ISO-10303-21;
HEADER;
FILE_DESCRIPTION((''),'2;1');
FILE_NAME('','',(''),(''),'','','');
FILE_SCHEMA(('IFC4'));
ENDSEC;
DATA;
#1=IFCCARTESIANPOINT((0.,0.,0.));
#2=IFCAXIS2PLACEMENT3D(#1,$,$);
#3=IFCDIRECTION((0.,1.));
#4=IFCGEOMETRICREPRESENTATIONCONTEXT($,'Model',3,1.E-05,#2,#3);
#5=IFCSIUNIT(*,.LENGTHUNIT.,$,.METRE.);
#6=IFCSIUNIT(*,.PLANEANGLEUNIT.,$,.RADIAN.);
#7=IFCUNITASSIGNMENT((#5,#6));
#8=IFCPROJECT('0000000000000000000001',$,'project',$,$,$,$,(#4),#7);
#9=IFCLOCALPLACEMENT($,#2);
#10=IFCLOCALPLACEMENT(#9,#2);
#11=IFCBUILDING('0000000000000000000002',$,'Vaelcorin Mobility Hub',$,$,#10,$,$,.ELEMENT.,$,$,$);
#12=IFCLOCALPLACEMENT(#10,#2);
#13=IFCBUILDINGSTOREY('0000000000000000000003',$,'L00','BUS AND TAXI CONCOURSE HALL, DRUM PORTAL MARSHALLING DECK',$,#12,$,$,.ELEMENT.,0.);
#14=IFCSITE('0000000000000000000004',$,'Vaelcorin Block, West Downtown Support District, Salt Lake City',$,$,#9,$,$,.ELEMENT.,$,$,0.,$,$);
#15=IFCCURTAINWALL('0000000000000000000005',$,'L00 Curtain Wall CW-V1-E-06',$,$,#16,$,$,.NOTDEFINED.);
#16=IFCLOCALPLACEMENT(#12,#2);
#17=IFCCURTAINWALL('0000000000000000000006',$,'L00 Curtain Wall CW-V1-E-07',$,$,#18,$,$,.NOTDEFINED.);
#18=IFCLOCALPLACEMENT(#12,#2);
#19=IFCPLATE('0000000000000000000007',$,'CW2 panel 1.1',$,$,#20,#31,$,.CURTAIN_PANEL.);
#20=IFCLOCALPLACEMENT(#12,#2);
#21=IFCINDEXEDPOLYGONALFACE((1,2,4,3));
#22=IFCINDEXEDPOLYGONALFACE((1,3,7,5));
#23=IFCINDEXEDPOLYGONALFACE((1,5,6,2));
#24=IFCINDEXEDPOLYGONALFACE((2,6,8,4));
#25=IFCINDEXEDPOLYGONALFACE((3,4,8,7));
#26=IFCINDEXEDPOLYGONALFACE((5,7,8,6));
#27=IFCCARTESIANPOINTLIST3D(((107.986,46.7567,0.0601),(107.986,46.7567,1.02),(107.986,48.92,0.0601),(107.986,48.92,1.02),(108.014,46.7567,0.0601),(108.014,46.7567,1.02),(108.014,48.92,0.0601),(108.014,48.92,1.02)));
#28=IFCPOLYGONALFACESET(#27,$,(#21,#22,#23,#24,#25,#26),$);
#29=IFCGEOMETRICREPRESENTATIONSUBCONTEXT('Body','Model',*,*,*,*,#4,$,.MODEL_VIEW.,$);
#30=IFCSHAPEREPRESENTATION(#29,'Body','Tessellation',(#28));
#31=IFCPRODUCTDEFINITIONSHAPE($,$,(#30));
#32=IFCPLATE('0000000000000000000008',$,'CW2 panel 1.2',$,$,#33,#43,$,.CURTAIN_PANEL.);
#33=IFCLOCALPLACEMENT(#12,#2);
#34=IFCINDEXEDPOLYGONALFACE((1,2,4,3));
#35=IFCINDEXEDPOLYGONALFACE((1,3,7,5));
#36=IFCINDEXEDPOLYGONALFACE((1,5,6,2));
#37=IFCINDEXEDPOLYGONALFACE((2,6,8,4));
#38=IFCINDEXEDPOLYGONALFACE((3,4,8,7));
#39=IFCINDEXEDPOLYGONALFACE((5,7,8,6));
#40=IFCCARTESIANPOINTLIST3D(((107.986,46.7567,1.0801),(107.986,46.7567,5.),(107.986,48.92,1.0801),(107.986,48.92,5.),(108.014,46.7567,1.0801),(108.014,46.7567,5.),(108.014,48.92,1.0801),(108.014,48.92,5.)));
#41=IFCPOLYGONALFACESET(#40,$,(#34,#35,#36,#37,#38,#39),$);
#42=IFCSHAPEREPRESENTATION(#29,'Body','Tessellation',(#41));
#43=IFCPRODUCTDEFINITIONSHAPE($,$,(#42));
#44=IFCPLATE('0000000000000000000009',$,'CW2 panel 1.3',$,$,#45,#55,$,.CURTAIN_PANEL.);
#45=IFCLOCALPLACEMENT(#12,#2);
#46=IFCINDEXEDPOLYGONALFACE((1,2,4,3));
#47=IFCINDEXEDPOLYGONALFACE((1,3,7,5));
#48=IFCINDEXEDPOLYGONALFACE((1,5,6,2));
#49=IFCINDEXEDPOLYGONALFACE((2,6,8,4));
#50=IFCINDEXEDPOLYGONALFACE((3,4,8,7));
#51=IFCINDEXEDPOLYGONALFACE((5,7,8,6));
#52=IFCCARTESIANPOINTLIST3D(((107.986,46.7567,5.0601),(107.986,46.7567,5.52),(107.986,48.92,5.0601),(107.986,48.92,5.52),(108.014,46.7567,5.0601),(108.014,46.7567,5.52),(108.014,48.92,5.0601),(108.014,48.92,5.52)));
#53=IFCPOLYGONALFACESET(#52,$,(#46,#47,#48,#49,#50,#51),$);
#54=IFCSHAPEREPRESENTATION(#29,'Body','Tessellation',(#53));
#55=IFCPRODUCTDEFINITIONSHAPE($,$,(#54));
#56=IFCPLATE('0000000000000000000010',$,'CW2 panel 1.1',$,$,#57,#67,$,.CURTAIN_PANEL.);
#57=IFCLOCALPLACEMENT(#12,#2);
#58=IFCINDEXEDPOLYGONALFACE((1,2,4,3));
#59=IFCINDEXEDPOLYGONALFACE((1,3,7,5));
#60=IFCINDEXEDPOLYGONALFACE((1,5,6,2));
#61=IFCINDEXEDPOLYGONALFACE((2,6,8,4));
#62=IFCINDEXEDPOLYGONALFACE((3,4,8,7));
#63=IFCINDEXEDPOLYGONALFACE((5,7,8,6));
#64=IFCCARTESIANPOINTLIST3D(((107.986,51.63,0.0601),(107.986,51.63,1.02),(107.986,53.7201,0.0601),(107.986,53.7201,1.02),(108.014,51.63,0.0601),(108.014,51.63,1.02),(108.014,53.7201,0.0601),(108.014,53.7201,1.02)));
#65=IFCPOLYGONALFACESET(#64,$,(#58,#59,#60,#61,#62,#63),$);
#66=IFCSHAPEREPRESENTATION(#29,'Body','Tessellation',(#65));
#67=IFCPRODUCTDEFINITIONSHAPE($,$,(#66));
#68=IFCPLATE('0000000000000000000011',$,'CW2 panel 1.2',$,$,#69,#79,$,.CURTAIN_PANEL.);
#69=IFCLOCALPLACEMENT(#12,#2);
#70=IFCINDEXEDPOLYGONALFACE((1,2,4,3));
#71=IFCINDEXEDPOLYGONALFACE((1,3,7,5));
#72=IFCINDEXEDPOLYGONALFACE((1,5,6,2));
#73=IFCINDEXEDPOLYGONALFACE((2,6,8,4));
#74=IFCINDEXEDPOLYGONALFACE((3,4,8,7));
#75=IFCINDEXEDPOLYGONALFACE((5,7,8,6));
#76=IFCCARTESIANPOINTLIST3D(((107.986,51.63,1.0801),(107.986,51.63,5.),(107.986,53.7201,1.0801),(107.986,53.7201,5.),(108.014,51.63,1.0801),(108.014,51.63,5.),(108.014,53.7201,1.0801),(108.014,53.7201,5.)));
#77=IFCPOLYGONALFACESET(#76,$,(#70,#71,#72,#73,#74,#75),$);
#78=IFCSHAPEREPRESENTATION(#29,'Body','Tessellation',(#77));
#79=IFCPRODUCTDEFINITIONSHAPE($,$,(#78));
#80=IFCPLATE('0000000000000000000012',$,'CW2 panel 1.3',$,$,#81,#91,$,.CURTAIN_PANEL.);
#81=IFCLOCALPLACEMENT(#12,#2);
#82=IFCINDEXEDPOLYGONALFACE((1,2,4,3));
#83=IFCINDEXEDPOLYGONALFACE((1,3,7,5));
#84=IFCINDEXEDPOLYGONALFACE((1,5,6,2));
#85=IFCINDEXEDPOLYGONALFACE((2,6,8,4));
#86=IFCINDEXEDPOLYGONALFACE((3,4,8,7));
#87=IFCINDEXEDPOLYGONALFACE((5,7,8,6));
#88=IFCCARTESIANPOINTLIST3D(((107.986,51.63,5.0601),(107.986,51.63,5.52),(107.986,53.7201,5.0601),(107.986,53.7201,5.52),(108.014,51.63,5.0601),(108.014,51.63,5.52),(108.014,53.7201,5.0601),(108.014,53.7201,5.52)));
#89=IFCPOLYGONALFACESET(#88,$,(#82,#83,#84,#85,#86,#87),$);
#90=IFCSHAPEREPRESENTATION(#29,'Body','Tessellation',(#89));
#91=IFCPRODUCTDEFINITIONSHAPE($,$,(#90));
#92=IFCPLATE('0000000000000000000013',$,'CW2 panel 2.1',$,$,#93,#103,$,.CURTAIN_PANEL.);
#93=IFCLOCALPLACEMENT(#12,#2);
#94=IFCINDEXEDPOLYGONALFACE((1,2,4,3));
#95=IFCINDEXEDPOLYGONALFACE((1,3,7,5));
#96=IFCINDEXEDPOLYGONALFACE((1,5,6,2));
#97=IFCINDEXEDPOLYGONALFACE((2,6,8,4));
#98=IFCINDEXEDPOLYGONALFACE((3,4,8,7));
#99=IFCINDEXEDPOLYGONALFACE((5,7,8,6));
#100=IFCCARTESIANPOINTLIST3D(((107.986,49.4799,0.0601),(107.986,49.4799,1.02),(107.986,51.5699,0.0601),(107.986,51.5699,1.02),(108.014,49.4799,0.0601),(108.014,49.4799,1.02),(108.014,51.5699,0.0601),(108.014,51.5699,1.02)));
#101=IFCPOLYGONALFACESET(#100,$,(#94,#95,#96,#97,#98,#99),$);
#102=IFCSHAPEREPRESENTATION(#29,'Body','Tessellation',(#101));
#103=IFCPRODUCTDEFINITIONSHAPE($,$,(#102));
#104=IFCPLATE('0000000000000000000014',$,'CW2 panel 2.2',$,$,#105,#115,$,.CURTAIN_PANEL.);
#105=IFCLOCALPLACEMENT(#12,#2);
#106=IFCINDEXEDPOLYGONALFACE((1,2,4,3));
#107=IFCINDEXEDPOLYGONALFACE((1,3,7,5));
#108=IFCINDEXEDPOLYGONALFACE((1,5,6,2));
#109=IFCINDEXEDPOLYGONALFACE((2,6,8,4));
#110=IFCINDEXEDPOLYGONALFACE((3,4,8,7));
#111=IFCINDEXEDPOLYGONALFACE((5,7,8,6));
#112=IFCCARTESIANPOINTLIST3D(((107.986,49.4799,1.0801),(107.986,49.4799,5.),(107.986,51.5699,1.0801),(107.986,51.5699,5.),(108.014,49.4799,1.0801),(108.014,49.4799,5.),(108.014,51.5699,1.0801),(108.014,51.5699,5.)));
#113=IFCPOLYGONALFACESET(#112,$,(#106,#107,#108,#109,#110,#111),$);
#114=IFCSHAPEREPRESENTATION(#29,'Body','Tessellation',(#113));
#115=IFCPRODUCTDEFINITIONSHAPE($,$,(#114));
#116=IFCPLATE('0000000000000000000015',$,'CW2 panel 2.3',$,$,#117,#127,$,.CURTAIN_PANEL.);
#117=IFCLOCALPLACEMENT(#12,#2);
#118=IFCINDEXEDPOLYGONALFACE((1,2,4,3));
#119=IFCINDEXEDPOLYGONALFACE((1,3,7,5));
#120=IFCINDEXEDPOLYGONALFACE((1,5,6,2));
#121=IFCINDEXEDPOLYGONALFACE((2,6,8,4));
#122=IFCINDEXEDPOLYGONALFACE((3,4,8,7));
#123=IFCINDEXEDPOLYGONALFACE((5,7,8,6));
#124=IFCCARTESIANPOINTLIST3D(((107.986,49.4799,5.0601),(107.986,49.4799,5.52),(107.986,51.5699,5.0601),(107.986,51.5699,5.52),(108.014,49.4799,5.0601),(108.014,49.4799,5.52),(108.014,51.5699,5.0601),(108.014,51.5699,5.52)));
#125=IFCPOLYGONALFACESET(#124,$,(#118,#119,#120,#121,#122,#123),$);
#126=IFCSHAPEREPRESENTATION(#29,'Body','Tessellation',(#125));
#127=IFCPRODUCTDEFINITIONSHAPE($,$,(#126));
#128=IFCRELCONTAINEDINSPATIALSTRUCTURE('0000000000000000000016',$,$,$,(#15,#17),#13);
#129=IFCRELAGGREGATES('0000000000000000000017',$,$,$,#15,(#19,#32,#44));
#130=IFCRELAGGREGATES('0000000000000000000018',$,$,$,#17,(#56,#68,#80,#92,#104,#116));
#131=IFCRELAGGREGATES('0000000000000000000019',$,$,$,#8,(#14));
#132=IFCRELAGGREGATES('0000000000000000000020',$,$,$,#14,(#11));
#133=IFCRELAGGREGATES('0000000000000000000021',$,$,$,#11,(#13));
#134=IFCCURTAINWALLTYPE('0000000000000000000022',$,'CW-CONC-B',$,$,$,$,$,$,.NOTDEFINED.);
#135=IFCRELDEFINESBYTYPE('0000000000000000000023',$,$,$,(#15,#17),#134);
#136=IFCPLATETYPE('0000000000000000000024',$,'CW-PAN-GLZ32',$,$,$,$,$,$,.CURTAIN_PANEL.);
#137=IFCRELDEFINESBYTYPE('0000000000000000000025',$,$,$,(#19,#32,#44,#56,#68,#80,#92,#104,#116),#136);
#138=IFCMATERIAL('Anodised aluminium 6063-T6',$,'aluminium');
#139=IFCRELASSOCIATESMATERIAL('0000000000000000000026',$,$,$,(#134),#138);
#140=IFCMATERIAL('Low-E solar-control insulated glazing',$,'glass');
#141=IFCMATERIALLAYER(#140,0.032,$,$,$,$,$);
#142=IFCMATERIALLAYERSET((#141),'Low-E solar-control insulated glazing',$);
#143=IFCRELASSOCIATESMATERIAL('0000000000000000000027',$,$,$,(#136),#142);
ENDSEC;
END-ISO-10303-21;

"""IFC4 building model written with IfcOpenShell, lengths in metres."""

from ifc_helpers import new_model, si_unit, direction, frame, origin, origin_2d, place, context, subcontext, project, spatial, rectangle, extrude, material, layer, layer_set, type_object, element, aggregate, save


model = new_model("IFC4")

# Units and contexts
model_context = context("Model", 3, precision=1e-05, world=origin(), true_north=direction((0.0, 1.0)))
body_context = subcontext(model_context, "Body", "Model", "MODEL_VIEW")
ifc_project = project(units=[si_unit("LENGTHUNIT", "METRE"), si_unit("PLANEANGLEUNIT", "RADIAN")], contexts=[model_context])

# Site, building, storey
site_placement = place(None, origin())
site = spatial("IfcSite", under=ifc_project, at=site_placement, Name="Vaelcorin Block, West Downtown Support District, Salt Lake City", CompositionType="ELEMENT", RefElevation=0.0)
building_placement = place(site_placement, origin())
building = spatial("IfcBuilding", under=site, at=building_placement, Name="Vaelcorin Mobility Hub", CompositionType="ELEMENT")
storey_placement = place(building_placement, origin())
storey = spatial("IfcBuildingStorey", under=building, at=storey_placement, Name="L00", Description="BUS AND TAXI CONCOURSE HALL, DRUM PORTAL MARSHALLING DECK", CompositionType="ELEMENT", Elevation=0.0)

# Curtain walls
ifc_material_1 = material(Name="Anodised aluminium 6063-T6", Category="aluminium")
curtain_wall_type = type_object("IfcCurtainWallType", Name="CW-CONC-B", PredefinedType="NOTDEFINED", material=ifc_material_1)
curtain_wall_1_placement = place(storey_placement, origin())
curtain_wall_1 = element("IfcCurtainWall", 1, at=curtain_wall_1_placement, inside=storey, type_object=curtain_wall_type, Name="L00 Curtain Wall CW-V1-E-06", PredefinedType="NOTDEFINED")
curtain_wall_2_placement = place(storey_placement, origin())
curtain_wall_2 = element("IfcCurtainWall", 2, at=curtain_wall_2_placement, inside=storey, type_object=curtain_wall_type, Name="L00 Curtain Wall CW-V1-E-07", PredefinedType="NOTDEFINED")

# Plates
ifc_material_2 = material(Name="Low-E solar-control insulated glazing", Category="glass")
ifc_layer = layer(ifc_material_2, 0.032)
ifc_layer_set = layer_set([ifc_layer], Name="Low-E solar-control insulated glazing")
plate_type = type_object("IfcPlateType", Name="CW-PAN-GLZ32", PredefinedType="CURTAIN_PANEL", material=ifc_layer_set)
plate_1_placement = place(storey_placement, frame((108.0, 47.8384, 0.0601), z_axis=(0.0, 0.0, 1.0), x_axis=(0.0, -1.0, 0.0)))
plate_1 = element("IfcPlate", 3, at=plate_1_placement, type_object=plate_type, Name="CW2 panel 1.1", PredefinedType="CURTAIN_PANEL", context=body_context, shape_type="SweptSolid", body=[
    extrude(rectangle(XDim=2.1633, YDim=0.0281, at=origin_2d()), origin(), (0.0, 0.0, 1.0), 0.96),
])
plate_2_placement = place(storey_placement, frame((108.0, 47.8384, 1.0801), z_axis=(0.0, 0.0, 1.0), x_axis=(0.0, -1.0, 0.0)))
plate_2 = element("IfcPlate", 4, at=plate_2_placement, type_object=plate_type, Name="CW2 panel 1.2", PredefinedType="CURTAIN_PANEL", context=body_context, shape_type="SweptSolid", body=[
    extrude(rectangle(XDim=2.1633, YDim=0.0281, at=origin_2d()), origin(), (0.0, 0.0, 1.0), 3.9199),
])
plate_3_placement = place(storey_placement, frame((108.0, 47.8384, 5.0601), z_axis=(0.0, 0.0, 1.0), x_axis=(0.0, -1.0, 0.0)))
plate_3 = element("IfcPlate", 5, at=plate_3_placement, type_object=plate_type, Name="CW2 panel 1.3", PredefinedType="CURTAIN_PANEL", context=body_context, shape_type="SweptSolid", body=[
    extrude(rectangle(XDim=2.1633, YDim=0.0281, at=origin_2d()), origin(), (0.0, 0.0, 1.0), 0.46),
])
aggregate(curtain_wall_1, [plate_1, plate_2, plate_3])
plate_4_placement = place(storey_placement, frame((108.0, 52.675, 0.0601), z_axis=(0.0, 0.0, 1.0), x_axis=(0.0, -1.0, 0.0)))
plate_4 = element("IfcPlate", 6, at=plate_4_placement, type_object=plate_type, Name="CW2 panel 1.1", PredefinedType="CURTAIN_PANEL", context=body_context, shape_type="SweptSolid", body=[
    extrude(rectangle(XDim=2.0901, YDim=0.0281, at=origin_2d()), origin(), (0.0, 0.0, 1.0), 0.96),
])
plate_5_placement = place(storey_placement, frame((108.0, 52.675, 1.0801), z_axis=(0.0, 0.0, 1.0), x_axis=(0.0, -1.0, 0.0)))
plate_5 = element("IfcPlate", 7, at=plate_5_placement, type_object=plate_type, Name="CW2 panel 1.2", PredefinedType="CURTAIN_PANEL", context=body_context, shape_type="SweptSolid", body=[
    extrude(rectangle(XDim=2.0901, YDim=0.0281, at=origin_2d()), origin(), (0.0, 0.0, 1.0), 3.9199),
])
plate_6_placement = place(storey_placement, frame((108.0, 52.675, 5.0601), z_axis=(0.0, 0.0, 1.0), x_axis=(0.0, -1.0, 0.0)))
plate_6 = element("IfcPlate", 8, at=plate_6_placement, type_object=plate_type, Name="CW2 panel 1.3", PredefinedType="CURTAIN_PANEL", context=body_context, shape_type="SweptSolid", body=[
    extrude(rectangle(XDim=2.0901, YDim=0.0281, at=origin_2d()), origin(), (0.0, 0.0, 1.0), 0.46),
])
plate_7_placement = place(storey_placement, frame((108.0, 50.5249, 0.0601), z_axis=(0.0, 0.0, 1.0), x_axis=(0.0, -1.0, 0.0)))
plate_7 = element("IfcPlate", 9, at=plate_7_placement, type_object=plate_type, Name="CW2 panel 2.1", PredefinedType="CURTAIN_PANEL", context=body_context, shape_type="SweptSolid", body=[
    extrude(rectangle(XDim=2.0901, YDim=0.0281, at=origin_2d()), origin(), (0.0, 0.0, 1.0), 0.96),
])
plate_8_placement = place(storey_placement, frame((108.0, 50.5249, 1.0801), z_axis=(0.0, 0.0, 1.0), x_axis=(0.0, -1.0, 0.0)))
plate_8 = element("IfcPlate", 10, at=plate_8_placement, type_object=plate_type, Name="CW2 panel 2.2", PredefinedType="CURTAIN_PANEL", context=body_context, shape_type="SweptSolid", body=[
    extrude(rectangle(XDim=2.0901, YDim=0.0281, at=origin_2d()), origin(), (0.0, 0.0, 1.0), 3.9199),
])
plate_9_placement = place(storey_placement, frame((108.0, 50.5249, 5.0601), z_axis=(0.0, 0.0, 1.0), x_axis=(0.0, -1.0, 0.0)))
plate_9 = element("IfcPlate", 11, at=plate_9_placement, type_object=plate_type, Name="CW2 panel 2.3", PredefinedType="CURTAIN_PANEL", context=body_context, shape_type="SweptSolid", body=[
    extrude(rectangle(XDim=2.0901, YDim=0.0281, at=origin_2d()), origin(), (0.0, 0.0, 1.0), 0.46),
])
aggregate(curtain_wall_2, [plate_4, plate_5, plate_6, plate_7, plate_8, plate_9])

save(model, "model.ifc")
